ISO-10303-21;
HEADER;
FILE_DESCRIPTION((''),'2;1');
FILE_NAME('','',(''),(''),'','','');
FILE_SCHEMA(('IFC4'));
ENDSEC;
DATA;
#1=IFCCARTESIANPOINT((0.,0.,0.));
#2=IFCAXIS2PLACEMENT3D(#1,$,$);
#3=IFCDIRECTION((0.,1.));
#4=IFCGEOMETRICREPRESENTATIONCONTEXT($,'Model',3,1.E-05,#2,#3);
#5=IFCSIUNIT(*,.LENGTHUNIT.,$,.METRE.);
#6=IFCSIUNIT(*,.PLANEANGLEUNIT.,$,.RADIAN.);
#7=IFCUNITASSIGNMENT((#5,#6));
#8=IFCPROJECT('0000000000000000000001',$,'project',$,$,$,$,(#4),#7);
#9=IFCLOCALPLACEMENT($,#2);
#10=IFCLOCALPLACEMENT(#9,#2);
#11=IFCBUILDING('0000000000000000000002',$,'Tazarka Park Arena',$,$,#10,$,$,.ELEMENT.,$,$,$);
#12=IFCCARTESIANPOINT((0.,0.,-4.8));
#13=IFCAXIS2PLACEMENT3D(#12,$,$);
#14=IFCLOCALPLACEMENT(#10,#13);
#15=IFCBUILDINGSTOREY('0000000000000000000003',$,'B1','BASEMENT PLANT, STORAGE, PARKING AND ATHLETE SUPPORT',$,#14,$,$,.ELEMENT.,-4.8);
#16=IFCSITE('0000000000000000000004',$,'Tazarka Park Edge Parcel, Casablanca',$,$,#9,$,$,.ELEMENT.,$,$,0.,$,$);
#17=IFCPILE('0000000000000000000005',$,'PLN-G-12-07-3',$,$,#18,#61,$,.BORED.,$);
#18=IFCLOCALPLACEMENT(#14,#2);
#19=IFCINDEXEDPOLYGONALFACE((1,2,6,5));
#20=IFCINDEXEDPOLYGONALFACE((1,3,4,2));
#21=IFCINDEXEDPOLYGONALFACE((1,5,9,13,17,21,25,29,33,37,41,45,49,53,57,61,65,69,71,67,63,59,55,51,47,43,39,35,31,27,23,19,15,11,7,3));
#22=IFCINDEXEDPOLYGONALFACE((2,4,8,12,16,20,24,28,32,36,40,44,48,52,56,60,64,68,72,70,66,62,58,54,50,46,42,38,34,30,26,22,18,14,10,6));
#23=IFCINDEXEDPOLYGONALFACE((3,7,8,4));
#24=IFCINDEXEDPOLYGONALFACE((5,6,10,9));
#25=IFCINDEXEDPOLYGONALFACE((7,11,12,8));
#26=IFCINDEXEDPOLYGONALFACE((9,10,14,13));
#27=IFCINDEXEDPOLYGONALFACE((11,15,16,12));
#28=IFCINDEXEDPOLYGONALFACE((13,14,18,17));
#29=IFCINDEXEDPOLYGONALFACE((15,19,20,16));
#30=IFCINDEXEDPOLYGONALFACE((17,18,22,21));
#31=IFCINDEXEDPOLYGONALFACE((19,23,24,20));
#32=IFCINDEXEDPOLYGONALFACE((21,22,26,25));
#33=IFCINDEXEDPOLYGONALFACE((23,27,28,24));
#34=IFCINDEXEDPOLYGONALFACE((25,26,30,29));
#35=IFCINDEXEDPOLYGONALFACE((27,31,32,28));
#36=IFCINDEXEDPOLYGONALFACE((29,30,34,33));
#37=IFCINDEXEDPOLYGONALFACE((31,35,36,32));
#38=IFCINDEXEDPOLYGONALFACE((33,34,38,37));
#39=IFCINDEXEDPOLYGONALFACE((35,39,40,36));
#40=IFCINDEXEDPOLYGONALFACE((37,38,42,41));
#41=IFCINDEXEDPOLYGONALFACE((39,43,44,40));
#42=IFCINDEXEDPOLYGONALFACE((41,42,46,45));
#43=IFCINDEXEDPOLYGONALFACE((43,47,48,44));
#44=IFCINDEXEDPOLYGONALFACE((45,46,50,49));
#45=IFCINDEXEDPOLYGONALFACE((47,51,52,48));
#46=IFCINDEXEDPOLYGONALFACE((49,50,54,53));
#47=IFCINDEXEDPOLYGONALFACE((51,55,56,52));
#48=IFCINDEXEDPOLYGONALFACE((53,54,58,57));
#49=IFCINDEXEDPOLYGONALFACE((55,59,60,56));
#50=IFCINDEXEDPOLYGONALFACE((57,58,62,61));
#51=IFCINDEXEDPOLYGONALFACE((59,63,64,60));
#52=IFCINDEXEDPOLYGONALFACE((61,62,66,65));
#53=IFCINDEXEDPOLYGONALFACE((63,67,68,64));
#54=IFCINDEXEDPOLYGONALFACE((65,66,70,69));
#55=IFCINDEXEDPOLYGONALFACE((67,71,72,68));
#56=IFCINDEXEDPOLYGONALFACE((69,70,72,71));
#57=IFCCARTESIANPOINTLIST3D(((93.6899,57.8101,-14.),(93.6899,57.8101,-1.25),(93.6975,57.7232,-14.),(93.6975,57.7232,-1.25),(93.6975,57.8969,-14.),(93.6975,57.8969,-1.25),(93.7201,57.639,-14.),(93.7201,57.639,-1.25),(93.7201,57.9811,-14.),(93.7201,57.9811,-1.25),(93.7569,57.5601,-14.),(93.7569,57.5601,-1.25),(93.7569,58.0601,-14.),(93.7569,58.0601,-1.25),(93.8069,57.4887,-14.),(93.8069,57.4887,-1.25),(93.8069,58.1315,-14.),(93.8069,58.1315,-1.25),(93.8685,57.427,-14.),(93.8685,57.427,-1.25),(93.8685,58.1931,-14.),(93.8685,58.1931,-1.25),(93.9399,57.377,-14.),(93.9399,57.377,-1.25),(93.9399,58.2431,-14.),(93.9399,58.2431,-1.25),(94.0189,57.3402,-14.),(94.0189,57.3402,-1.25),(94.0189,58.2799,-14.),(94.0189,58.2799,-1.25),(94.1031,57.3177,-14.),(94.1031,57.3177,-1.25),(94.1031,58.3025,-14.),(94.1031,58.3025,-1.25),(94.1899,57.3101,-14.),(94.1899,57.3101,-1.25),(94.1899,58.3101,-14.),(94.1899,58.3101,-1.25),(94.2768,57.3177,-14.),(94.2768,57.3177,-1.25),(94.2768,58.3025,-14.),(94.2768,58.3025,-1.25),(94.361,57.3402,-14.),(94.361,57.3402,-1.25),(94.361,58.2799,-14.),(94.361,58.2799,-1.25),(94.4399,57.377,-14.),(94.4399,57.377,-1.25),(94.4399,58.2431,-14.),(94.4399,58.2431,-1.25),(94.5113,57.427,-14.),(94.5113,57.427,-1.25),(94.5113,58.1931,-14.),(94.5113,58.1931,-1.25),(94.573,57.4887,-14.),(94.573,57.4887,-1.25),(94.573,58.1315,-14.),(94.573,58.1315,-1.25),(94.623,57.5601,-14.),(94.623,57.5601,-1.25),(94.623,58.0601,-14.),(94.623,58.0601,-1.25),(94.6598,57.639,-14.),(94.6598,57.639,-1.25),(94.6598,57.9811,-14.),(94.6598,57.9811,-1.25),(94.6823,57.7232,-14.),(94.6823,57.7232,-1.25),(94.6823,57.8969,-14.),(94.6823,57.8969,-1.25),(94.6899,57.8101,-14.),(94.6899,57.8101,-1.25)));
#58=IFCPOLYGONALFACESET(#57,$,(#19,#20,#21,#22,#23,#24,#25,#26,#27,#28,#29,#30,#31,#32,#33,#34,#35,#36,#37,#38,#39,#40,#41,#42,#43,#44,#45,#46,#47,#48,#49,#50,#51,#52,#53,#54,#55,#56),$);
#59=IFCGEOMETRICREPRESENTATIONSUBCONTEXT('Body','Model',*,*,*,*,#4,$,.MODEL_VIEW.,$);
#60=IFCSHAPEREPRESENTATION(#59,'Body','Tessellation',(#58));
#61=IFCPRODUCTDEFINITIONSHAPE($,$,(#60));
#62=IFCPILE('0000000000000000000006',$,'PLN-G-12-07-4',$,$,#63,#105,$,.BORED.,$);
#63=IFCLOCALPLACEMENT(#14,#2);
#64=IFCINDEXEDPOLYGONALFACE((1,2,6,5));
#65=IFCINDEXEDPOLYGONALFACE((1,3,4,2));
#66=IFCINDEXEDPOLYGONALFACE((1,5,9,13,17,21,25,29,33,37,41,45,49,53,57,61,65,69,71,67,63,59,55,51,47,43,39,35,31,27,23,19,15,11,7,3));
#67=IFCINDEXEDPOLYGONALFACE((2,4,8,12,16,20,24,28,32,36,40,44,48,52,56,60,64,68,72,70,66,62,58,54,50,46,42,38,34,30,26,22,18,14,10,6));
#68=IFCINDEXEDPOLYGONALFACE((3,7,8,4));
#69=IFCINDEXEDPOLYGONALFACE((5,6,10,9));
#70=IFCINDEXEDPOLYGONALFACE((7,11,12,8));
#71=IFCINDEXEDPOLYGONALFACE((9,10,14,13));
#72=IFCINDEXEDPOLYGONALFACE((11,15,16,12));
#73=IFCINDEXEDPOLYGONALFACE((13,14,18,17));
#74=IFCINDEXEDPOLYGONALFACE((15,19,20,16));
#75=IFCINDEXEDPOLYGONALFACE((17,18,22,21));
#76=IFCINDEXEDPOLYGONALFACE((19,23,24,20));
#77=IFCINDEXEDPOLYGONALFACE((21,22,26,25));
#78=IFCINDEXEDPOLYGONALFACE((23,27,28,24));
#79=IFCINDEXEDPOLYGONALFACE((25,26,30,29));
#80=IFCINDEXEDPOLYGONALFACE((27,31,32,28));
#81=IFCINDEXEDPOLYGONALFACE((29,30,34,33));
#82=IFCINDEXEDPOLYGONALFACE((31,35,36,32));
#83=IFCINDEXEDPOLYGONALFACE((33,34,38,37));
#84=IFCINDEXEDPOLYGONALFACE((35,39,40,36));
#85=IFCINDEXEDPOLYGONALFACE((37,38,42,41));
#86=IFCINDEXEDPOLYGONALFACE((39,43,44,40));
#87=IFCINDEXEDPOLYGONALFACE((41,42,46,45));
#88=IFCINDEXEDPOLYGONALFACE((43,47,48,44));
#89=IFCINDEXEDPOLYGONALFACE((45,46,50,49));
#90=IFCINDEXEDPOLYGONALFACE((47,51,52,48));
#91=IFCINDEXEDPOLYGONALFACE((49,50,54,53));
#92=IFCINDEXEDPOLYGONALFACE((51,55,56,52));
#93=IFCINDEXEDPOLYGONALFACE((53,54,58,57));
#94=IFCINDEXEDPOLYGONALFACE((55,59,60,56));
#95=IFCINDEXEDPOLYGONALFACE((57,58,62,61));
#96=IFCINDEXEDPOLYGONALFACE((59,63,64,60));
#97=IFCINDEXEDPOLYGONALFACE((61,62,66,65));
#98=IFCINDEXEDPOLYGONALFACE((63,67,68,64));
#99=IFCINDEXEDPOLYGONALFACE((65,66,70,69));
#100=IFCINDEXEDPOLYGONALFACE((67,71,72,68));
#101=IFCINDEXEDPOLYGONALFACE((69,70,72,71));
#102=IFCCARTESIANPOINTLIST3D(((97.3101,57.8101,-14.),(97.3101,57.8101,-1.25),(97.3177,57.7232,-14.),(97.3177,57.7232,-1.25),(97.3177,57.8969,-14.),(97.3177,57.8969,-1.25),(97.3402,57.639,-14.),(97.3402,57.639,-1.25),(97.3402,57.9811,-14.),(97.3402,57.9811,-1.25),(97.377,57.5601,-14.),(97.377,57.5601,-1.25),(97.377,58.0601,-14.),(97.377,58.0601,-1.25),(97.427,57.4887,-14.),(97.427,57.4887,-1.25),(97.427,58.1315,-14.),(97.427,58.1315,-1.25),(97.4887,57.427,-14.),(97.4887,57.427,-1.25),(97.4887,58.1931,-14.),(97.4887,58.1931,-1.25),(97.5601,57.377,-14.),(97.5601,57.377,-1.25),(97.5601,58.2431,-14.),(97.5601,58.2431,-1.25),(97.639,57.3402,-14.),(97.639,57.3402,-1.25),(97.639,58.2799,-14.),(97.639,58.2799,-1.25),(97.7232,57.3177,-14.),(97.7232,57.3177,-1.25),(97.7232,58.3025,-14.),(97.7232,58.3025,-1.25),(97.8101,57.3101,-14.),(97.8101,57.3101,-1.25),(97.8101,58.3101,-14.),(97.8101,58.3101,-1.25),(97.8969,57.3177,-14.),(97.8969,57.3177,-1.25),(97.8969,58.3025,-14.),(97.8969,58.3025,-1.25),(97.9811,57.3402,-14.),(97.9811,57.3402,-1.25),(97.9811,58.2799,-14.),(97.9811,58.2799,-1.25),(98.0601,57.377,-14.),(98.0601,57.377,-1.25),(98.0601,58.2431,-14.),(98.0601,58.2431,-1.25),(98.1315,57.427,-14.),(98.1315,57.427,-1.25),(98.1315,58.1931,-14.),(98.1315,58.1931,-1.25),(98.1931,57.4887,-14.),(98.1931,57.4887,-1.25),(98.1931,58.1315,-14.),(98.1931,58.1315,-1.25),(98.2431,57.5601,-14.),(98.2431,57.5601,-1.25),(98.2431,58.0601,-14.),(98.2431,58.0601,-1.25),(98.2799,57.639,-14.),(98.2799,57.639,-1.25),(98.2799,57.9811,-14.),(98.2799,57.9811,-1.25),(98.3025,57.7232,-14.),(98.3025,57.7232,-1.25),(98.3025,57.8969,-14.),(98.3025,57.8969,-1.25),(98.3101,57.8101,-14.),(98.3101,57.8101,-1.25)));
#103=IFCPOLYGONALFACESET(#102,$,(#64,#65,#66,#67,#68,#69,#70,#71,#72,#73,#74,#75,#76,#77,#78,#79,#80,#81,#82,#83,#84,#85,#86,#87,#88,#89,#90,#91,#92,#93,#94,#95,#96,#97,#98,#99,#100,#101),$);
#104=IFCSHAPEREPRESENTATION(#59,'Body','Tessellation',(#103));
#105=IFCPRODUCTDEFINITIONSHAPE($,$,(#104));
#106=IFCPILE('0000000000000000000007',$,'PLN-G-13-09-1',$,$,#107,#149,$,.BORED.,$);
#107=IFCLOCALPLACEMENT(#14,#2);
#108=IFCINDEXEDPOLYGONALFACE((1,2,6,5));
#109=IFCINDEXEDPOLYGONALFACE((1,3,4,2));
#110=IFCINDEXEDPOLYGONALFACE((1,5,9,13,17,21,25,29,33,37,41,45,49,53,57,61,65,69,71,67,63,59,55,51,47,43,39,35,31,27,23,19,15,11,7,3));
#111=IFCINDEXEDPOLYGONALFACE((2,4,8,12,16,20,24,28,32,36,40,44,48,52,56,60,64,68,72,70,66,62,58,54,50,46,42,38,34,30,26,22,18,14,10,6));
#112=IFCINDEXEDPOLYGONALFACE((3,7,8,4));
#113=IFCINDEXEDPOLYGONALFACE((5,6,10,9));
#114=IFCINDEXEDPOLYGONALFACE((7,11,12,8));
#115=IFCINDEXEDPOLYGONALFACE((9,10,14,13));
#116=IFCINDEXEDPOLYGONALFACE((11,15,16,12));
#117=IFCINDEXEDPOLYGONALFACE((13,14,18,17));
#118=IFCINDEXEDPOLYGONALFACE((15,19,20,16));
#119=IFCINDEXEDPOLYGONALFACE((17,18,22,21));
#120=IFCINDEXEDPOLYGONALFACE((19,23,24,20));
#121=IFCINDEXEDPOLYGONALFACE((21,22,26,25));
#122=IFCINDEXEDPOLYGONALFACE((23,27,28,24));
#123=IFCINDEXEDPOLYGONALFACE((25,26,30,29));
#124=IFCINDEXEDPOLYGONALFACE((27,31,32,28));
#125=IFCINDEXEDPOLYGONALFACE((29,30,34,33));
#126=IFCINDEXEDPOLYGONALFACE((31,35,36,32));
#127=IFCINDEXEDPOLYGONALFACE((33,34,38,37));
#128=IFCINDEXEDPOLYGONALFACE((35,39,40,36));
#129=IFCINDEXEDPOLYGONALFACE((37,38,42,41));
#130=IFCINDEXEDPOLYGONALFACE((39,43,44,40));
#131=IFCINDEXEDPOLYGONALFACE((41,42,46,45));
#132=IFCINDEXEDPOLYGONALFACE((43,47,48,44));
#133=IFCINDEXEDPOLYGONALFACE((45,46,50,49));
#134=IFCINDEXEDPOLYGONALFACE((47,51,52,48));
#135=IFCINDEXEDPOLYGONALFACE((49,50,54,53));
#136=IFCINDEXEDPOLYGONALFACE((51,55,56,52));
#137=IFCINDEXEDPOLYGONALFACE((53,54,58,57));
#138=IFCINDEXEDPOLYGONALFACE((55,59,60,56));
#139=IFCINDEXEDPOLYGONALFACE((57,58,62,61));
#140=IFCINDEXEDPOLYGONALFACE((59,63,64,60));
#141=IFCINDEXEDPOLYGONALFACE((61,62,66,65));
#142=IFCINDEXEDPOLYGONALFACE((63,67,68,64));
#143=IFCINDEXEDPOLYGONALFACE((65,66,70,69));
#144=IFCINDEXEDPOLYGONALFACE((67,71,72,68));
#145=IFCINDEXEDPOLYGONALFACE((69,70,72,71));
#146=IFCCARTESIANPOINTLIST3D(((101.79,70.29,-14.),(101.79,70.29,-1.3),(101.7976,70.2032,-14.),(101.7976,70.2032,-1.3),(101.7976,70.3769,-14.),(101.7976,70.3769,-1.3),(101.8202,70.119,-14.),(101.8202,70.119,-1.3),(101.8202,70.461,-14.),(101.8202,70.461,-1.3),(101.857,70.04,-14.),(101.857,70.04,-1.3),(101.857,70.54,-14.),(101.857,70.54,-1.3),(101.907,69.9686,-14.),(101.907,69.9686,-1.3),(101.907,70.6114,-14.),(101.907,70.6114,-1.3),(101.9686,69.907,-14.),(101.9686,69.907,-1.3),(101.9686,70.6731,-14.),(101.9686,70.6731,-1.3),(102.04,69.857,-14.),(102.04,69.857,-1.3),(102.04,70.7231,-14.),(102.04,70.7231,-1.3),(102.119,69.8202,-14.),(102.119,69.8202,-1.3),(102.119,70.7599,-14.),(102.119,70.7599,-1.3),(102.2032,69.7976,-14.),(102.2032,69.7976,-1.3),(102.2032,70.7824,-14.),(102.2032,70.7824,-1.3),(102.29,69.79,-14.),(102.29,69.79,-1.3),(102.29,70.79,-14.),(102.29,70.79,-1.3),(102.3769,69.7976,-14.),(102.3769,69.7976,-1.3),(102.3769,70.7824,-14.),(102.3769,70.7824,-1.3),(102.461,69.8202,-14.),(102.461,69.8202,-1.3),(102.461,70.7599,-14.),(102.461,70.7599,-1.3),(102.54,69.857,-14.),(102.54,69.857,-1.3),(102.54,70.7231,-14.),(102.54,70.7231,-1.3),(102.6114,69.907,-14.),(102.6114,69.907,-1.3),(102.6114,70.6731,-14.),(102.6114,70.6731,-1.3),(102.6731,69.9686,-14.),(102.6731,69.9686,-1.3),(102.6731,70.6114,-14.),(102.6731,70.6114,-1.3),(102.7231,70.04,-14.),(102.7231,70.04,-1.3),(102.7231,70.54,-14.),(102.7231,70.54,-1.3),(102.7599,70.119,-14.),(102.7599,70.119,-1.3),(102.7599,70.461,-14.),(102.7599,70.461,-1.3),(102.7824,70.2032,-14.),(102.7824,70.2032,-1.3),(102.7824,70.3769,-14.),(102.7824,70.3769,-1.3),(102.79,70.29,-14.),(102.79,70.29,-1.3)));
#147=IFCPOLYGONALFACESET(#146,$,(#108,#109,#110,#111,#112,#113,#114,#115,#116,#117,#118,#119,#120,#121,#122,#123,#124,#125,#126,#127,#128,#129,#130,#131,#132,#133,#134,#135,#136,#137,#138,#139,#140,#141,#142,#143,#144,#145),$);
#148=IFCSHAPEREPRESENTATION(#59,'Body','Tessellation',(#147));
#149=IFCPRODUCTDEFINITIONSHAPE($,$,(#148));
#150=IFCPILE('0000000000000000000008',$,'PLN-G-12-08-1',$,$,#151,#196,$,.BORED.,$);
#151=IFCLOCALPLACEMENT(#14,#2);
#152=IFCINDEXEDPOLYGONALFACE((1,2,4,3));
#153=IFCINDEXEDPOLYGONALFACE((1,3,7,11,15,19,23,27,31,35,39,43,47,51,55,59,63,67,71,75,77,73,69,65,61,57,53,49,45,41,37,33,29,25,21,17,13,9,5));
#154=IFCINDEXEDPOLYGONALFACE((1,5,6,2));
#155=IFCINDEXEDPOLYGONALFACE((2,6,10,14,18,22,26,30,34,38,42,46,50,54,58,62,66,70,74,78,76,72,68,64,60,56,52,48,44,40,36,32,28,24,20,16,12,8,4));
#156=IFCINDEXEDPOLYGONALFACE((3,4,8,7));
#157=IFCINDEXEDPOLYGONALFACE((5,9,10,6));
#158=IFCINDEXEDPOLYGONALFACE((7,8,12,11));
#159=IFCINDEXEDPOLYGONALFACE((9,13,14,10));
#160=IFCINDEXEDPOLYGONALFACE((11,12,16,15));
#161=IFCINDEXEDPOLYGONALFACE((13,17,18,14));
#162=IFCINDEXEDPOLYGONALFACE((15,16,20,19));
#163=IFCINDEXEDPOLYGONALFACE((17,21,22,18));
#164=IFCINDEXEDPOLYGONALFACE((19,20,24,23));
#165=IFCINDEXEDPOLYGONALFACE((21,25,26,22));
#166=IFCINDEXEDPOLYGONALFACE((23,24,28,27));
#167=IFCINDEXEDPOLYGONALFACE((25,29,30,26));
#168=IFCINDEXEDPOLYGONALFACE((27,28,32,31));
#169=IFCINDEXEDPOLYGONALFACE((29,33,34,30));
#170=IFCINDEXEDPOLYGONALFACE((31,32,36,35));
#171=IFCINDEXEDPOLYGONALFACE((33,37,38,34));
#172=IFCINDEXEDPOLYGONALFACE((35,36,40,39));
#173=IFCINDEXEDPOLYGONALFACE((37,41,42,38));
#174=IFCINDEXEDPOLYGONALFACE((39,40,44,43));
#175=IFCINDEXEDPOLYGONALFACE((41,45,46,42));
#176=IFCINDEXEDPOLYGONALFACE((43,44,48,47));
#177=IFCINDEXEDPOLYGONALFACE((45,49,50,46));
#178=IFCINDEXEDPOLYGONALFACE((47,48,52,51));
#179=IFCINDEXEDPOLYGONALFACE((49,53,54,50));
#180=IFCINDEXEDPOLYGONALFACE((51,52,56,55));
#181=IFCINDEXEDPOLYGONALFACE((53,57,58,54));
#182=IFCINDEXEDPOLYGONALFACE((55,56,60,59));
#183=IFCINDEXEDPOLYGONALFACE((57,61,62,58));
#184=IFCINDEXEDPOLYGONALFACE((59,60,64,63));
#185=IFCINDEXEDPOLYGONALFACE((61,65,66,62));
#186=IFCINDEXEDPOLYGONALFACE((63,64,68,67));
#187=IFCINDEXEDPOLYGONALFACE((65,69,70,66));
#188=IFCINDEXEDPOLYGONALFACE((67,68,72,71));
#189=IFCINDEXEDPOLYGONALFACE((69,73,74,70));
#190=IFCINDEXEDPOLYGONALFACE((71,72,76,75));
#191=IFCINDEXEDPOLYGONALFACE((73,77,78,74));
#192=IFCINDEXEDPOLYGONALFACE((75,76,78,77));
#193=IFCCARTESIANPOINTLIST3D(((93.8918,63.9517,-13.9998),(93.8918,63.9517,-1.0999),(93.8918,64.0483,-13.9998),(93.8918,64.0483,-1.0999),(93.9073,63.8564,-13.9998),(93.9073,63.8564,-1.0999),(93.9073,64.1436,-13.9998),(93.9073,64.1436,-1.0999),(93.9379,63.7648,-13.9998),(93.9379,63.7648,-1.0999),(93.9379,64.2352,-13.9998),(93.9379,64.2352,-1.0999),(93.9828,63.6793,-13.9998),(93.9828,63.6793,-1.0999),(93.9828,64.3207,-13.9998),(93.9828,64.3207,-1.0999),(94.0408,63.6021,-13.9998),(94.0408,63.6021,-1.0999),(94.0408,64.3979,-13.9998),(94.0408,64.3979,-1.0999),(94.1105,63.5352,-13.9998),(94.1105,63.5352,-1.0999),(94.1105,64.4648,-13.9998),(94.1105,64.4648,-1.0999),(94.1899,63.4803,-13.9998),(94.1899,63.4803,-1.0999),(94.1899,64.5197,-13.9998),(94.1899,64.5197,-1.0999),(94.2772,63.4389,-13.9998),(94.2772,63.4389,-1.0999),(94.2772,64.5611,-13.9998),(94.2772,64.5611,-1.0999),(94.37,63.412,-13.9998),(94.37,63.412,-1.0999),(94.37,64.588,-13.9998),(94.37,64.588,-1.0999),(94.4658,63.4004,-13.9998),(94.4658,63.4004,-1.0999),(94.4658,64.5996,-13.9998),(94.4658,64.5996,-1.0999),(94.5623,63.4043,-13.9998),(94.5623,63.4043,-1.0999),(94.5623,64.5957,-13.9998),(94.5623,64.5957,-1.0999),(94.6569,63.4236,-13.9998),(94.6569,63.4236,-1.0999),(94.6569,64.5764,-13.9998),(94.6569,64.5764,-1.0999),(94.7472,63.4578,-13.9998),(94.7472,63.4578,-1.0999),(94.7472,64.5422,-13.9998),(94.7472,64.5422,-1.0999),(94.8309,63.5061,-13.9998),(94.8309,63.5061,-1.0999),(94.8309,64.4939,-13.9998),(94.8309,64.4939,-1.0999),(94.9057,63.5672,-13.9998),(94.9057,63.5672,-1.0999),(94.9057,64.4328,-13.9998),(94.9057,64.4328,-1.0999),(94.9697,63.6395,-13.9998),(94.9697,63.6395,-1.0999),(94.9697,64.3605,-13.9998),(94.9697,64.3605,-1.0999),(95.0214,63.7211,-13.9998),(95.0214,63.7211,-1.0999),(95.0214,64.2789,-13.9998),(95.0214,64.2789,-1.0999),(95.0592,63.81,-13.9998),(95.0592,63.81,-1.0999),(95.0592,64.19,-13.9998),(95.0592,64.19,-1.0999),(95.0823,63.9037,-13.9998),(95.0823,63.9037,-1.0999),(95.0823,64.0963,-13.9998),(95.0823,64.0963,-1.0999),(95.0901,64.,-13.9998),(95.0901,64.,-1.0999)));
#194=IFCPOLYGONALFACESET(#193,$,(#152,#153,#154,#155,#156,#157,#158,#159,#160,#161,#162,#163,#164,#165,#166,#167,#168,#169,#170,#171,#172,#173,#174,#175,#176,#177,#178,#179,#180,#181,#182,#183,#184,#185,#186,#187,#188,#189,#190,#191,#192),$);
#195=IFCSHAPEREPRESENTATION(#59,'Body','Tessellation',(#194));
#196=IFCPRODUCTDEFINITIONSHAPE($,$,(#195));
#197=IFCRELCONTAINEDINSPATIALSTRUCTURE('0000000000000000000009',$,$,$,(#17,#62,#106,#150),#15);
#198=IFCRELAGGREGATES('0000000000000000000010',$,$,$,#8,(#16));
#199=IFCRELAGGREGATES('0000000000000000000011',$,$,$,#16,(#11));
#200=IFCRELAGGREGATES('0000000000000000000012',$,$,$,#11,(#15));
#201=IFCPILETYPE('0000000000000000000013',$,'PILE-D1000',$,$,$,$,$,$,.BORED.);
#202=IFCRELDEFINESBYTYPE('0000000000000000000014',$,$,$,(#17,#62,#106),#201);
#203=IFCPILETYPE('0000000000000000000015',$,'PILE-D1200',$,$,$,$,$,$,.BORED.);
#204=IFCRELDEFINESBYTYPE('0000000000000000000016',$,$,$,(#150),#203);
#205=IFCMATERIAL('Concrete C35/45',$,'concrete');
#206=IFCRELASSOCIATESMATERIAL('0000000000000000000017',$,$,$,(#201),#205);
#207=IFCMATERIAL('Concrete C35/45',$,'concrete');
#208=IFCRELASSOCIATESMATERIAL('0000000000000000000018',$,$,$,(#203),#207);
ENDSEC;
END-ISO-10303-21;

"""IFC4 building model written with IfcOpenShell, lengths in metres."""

from ifc_helpers import new_model, si_unit, direction, frame, origin, origin_2d, place, context, subcontext, project, spatial, circle, extrude, material, material_profile, profile_set, type_object, element, save


model = new_model("IFC4")

# Units and contexts
model_context = context("Model", 3, precision=1e-05, world=origin(), true_north=direction((0.0, 1.0)))
body_context = subcontext(model_context, "Body", "Model", "MODEL_VIEW")
ifc_project = project(units=[si_unit("LENGTHUNIT", "METRE"), si_unit("PLANEANGLEUNIT", "RADIAN")], contexts=[model_context])

# Site, building, storey
site_placement = place(None, origin())
site = spatial("IfcSite", under=ifc_project, at=site_placement, Name="Tazarka Park Edge Parcel, Casablanca", CompositionType="ELEMENT", RefElevation=0.0)
building_placement = place(site_placement, origin())
building = spatial("IfcBuilding", under=site, at=building_placement, Name="Tazarka Park Arena", CompositionType="ELEMENT")
storey_placement = place(building_placement, frame((0.0, 0.0, -4.8)))
storey = spatial("IfcBuildingStorey", under=building, at=storey_placement, Name="B1", Description="BASEMENT PLANT, STORAGE, PARKING AND ATHLETE SUPPORT", CompositionType="ELEMENT", Elevation=-4.8)

# Piles
ifc_material_1 = material(Name="Concrete C35/45", Category="concrete")
ifc_material_profile_1 = material_profile(ifc_material_1, circle(Radius=0.5, at=origin_2d()), Name="Concrete C35/45")
ifc_profile_set_1 = profile_set([ifc_material_profile_1], Name="Concrete C35/45")
pile_type_1 = type_object("IfcPileType", Name="PILE-D1000", PredefinedType="BORED", material=ifc_profile_set_1)
for number, where, z_axis, x_axis, name in (
    (1, (94.1899, 57.8101, -1.25), (0.0, 0.0, -1.0), (1.0, 0.0, 0.0), "PLN-G-12-07-3"),
    (2, (97.8101, 57.8101, -1.25), (0.0, 0.0, -1.0), (1.0, 0.0, 0.0), "PLN-G-12-07-4"),
):
    element("IfcPile", number, at=place(storey_placement, frame(where, z_axis=z_axis, x_axis=x_axis)), inside=storey, type_object=pile_type_1, Name=name, PredefinedType="BORED", context=body_context, shape_type="SweptSolid", body=[
        extrude(circle(Radius=0.5, at=origin_2d()), origin(), (0.0, 0.0, 1.0), 12.75),
    ])
pile_placement = place(storey_placement, frame((102.29, 70.29, -1.3), z_axis=(0.0, 0.0, -1.0), x_axis=(1.0, 0.0, 0.0)))
element("IfcPile", 3, at=pile_placement, inside=storey, type_object=pile_type_1, Name="PLN-G-13-09-1", PredefinedType="BORED", context=body_context, shape_type="SweptSolid", body=[
    extrude(circle(Radius=0.5, at=origin_2d()), origin(), (0.0, 0.0, 1.0), 12.7),
])
ifc_material_2 = material(Name="Concrete C35/45", Category="concrete")
ifc_material_profile_2 = material_profile(ifc_material_2, circle(Radius=0.6001, at=origin_2d()), Name="Concrete C35/45")
ifc_profile_set_2 = profile_set([ifc_material_profile_2], Name="Concrete C35/45")
pile_type_2 = type_object("IfcPileType", Name="PILE-D1200", PredefinedType="BORED", material=ifc_profile_set_2)
for number, where, z_axis, x_axis, name in (
    (4, (94.49, 64.0, -1.0999), (0.0, 0.0, -1.0), (1.0, 0.0, 0.0), "PLN-G-12-08-1"),
):
    element("IfcPile", number, at=place(storey_placement, frame(where, z_axis=z_axis, x_axis=x_axis)), inside=storey, type_object=pile_type_2, Name=name, PredefinedType="BORED", context=body_context, shape_type="SweptSolid", body=[
        extrude(circle(Radius=0.6001, at=origin_2d()), origin(), (0.0, 0.0, 1.0), 12.8999),
    ])

save(model, "model.ifc")
